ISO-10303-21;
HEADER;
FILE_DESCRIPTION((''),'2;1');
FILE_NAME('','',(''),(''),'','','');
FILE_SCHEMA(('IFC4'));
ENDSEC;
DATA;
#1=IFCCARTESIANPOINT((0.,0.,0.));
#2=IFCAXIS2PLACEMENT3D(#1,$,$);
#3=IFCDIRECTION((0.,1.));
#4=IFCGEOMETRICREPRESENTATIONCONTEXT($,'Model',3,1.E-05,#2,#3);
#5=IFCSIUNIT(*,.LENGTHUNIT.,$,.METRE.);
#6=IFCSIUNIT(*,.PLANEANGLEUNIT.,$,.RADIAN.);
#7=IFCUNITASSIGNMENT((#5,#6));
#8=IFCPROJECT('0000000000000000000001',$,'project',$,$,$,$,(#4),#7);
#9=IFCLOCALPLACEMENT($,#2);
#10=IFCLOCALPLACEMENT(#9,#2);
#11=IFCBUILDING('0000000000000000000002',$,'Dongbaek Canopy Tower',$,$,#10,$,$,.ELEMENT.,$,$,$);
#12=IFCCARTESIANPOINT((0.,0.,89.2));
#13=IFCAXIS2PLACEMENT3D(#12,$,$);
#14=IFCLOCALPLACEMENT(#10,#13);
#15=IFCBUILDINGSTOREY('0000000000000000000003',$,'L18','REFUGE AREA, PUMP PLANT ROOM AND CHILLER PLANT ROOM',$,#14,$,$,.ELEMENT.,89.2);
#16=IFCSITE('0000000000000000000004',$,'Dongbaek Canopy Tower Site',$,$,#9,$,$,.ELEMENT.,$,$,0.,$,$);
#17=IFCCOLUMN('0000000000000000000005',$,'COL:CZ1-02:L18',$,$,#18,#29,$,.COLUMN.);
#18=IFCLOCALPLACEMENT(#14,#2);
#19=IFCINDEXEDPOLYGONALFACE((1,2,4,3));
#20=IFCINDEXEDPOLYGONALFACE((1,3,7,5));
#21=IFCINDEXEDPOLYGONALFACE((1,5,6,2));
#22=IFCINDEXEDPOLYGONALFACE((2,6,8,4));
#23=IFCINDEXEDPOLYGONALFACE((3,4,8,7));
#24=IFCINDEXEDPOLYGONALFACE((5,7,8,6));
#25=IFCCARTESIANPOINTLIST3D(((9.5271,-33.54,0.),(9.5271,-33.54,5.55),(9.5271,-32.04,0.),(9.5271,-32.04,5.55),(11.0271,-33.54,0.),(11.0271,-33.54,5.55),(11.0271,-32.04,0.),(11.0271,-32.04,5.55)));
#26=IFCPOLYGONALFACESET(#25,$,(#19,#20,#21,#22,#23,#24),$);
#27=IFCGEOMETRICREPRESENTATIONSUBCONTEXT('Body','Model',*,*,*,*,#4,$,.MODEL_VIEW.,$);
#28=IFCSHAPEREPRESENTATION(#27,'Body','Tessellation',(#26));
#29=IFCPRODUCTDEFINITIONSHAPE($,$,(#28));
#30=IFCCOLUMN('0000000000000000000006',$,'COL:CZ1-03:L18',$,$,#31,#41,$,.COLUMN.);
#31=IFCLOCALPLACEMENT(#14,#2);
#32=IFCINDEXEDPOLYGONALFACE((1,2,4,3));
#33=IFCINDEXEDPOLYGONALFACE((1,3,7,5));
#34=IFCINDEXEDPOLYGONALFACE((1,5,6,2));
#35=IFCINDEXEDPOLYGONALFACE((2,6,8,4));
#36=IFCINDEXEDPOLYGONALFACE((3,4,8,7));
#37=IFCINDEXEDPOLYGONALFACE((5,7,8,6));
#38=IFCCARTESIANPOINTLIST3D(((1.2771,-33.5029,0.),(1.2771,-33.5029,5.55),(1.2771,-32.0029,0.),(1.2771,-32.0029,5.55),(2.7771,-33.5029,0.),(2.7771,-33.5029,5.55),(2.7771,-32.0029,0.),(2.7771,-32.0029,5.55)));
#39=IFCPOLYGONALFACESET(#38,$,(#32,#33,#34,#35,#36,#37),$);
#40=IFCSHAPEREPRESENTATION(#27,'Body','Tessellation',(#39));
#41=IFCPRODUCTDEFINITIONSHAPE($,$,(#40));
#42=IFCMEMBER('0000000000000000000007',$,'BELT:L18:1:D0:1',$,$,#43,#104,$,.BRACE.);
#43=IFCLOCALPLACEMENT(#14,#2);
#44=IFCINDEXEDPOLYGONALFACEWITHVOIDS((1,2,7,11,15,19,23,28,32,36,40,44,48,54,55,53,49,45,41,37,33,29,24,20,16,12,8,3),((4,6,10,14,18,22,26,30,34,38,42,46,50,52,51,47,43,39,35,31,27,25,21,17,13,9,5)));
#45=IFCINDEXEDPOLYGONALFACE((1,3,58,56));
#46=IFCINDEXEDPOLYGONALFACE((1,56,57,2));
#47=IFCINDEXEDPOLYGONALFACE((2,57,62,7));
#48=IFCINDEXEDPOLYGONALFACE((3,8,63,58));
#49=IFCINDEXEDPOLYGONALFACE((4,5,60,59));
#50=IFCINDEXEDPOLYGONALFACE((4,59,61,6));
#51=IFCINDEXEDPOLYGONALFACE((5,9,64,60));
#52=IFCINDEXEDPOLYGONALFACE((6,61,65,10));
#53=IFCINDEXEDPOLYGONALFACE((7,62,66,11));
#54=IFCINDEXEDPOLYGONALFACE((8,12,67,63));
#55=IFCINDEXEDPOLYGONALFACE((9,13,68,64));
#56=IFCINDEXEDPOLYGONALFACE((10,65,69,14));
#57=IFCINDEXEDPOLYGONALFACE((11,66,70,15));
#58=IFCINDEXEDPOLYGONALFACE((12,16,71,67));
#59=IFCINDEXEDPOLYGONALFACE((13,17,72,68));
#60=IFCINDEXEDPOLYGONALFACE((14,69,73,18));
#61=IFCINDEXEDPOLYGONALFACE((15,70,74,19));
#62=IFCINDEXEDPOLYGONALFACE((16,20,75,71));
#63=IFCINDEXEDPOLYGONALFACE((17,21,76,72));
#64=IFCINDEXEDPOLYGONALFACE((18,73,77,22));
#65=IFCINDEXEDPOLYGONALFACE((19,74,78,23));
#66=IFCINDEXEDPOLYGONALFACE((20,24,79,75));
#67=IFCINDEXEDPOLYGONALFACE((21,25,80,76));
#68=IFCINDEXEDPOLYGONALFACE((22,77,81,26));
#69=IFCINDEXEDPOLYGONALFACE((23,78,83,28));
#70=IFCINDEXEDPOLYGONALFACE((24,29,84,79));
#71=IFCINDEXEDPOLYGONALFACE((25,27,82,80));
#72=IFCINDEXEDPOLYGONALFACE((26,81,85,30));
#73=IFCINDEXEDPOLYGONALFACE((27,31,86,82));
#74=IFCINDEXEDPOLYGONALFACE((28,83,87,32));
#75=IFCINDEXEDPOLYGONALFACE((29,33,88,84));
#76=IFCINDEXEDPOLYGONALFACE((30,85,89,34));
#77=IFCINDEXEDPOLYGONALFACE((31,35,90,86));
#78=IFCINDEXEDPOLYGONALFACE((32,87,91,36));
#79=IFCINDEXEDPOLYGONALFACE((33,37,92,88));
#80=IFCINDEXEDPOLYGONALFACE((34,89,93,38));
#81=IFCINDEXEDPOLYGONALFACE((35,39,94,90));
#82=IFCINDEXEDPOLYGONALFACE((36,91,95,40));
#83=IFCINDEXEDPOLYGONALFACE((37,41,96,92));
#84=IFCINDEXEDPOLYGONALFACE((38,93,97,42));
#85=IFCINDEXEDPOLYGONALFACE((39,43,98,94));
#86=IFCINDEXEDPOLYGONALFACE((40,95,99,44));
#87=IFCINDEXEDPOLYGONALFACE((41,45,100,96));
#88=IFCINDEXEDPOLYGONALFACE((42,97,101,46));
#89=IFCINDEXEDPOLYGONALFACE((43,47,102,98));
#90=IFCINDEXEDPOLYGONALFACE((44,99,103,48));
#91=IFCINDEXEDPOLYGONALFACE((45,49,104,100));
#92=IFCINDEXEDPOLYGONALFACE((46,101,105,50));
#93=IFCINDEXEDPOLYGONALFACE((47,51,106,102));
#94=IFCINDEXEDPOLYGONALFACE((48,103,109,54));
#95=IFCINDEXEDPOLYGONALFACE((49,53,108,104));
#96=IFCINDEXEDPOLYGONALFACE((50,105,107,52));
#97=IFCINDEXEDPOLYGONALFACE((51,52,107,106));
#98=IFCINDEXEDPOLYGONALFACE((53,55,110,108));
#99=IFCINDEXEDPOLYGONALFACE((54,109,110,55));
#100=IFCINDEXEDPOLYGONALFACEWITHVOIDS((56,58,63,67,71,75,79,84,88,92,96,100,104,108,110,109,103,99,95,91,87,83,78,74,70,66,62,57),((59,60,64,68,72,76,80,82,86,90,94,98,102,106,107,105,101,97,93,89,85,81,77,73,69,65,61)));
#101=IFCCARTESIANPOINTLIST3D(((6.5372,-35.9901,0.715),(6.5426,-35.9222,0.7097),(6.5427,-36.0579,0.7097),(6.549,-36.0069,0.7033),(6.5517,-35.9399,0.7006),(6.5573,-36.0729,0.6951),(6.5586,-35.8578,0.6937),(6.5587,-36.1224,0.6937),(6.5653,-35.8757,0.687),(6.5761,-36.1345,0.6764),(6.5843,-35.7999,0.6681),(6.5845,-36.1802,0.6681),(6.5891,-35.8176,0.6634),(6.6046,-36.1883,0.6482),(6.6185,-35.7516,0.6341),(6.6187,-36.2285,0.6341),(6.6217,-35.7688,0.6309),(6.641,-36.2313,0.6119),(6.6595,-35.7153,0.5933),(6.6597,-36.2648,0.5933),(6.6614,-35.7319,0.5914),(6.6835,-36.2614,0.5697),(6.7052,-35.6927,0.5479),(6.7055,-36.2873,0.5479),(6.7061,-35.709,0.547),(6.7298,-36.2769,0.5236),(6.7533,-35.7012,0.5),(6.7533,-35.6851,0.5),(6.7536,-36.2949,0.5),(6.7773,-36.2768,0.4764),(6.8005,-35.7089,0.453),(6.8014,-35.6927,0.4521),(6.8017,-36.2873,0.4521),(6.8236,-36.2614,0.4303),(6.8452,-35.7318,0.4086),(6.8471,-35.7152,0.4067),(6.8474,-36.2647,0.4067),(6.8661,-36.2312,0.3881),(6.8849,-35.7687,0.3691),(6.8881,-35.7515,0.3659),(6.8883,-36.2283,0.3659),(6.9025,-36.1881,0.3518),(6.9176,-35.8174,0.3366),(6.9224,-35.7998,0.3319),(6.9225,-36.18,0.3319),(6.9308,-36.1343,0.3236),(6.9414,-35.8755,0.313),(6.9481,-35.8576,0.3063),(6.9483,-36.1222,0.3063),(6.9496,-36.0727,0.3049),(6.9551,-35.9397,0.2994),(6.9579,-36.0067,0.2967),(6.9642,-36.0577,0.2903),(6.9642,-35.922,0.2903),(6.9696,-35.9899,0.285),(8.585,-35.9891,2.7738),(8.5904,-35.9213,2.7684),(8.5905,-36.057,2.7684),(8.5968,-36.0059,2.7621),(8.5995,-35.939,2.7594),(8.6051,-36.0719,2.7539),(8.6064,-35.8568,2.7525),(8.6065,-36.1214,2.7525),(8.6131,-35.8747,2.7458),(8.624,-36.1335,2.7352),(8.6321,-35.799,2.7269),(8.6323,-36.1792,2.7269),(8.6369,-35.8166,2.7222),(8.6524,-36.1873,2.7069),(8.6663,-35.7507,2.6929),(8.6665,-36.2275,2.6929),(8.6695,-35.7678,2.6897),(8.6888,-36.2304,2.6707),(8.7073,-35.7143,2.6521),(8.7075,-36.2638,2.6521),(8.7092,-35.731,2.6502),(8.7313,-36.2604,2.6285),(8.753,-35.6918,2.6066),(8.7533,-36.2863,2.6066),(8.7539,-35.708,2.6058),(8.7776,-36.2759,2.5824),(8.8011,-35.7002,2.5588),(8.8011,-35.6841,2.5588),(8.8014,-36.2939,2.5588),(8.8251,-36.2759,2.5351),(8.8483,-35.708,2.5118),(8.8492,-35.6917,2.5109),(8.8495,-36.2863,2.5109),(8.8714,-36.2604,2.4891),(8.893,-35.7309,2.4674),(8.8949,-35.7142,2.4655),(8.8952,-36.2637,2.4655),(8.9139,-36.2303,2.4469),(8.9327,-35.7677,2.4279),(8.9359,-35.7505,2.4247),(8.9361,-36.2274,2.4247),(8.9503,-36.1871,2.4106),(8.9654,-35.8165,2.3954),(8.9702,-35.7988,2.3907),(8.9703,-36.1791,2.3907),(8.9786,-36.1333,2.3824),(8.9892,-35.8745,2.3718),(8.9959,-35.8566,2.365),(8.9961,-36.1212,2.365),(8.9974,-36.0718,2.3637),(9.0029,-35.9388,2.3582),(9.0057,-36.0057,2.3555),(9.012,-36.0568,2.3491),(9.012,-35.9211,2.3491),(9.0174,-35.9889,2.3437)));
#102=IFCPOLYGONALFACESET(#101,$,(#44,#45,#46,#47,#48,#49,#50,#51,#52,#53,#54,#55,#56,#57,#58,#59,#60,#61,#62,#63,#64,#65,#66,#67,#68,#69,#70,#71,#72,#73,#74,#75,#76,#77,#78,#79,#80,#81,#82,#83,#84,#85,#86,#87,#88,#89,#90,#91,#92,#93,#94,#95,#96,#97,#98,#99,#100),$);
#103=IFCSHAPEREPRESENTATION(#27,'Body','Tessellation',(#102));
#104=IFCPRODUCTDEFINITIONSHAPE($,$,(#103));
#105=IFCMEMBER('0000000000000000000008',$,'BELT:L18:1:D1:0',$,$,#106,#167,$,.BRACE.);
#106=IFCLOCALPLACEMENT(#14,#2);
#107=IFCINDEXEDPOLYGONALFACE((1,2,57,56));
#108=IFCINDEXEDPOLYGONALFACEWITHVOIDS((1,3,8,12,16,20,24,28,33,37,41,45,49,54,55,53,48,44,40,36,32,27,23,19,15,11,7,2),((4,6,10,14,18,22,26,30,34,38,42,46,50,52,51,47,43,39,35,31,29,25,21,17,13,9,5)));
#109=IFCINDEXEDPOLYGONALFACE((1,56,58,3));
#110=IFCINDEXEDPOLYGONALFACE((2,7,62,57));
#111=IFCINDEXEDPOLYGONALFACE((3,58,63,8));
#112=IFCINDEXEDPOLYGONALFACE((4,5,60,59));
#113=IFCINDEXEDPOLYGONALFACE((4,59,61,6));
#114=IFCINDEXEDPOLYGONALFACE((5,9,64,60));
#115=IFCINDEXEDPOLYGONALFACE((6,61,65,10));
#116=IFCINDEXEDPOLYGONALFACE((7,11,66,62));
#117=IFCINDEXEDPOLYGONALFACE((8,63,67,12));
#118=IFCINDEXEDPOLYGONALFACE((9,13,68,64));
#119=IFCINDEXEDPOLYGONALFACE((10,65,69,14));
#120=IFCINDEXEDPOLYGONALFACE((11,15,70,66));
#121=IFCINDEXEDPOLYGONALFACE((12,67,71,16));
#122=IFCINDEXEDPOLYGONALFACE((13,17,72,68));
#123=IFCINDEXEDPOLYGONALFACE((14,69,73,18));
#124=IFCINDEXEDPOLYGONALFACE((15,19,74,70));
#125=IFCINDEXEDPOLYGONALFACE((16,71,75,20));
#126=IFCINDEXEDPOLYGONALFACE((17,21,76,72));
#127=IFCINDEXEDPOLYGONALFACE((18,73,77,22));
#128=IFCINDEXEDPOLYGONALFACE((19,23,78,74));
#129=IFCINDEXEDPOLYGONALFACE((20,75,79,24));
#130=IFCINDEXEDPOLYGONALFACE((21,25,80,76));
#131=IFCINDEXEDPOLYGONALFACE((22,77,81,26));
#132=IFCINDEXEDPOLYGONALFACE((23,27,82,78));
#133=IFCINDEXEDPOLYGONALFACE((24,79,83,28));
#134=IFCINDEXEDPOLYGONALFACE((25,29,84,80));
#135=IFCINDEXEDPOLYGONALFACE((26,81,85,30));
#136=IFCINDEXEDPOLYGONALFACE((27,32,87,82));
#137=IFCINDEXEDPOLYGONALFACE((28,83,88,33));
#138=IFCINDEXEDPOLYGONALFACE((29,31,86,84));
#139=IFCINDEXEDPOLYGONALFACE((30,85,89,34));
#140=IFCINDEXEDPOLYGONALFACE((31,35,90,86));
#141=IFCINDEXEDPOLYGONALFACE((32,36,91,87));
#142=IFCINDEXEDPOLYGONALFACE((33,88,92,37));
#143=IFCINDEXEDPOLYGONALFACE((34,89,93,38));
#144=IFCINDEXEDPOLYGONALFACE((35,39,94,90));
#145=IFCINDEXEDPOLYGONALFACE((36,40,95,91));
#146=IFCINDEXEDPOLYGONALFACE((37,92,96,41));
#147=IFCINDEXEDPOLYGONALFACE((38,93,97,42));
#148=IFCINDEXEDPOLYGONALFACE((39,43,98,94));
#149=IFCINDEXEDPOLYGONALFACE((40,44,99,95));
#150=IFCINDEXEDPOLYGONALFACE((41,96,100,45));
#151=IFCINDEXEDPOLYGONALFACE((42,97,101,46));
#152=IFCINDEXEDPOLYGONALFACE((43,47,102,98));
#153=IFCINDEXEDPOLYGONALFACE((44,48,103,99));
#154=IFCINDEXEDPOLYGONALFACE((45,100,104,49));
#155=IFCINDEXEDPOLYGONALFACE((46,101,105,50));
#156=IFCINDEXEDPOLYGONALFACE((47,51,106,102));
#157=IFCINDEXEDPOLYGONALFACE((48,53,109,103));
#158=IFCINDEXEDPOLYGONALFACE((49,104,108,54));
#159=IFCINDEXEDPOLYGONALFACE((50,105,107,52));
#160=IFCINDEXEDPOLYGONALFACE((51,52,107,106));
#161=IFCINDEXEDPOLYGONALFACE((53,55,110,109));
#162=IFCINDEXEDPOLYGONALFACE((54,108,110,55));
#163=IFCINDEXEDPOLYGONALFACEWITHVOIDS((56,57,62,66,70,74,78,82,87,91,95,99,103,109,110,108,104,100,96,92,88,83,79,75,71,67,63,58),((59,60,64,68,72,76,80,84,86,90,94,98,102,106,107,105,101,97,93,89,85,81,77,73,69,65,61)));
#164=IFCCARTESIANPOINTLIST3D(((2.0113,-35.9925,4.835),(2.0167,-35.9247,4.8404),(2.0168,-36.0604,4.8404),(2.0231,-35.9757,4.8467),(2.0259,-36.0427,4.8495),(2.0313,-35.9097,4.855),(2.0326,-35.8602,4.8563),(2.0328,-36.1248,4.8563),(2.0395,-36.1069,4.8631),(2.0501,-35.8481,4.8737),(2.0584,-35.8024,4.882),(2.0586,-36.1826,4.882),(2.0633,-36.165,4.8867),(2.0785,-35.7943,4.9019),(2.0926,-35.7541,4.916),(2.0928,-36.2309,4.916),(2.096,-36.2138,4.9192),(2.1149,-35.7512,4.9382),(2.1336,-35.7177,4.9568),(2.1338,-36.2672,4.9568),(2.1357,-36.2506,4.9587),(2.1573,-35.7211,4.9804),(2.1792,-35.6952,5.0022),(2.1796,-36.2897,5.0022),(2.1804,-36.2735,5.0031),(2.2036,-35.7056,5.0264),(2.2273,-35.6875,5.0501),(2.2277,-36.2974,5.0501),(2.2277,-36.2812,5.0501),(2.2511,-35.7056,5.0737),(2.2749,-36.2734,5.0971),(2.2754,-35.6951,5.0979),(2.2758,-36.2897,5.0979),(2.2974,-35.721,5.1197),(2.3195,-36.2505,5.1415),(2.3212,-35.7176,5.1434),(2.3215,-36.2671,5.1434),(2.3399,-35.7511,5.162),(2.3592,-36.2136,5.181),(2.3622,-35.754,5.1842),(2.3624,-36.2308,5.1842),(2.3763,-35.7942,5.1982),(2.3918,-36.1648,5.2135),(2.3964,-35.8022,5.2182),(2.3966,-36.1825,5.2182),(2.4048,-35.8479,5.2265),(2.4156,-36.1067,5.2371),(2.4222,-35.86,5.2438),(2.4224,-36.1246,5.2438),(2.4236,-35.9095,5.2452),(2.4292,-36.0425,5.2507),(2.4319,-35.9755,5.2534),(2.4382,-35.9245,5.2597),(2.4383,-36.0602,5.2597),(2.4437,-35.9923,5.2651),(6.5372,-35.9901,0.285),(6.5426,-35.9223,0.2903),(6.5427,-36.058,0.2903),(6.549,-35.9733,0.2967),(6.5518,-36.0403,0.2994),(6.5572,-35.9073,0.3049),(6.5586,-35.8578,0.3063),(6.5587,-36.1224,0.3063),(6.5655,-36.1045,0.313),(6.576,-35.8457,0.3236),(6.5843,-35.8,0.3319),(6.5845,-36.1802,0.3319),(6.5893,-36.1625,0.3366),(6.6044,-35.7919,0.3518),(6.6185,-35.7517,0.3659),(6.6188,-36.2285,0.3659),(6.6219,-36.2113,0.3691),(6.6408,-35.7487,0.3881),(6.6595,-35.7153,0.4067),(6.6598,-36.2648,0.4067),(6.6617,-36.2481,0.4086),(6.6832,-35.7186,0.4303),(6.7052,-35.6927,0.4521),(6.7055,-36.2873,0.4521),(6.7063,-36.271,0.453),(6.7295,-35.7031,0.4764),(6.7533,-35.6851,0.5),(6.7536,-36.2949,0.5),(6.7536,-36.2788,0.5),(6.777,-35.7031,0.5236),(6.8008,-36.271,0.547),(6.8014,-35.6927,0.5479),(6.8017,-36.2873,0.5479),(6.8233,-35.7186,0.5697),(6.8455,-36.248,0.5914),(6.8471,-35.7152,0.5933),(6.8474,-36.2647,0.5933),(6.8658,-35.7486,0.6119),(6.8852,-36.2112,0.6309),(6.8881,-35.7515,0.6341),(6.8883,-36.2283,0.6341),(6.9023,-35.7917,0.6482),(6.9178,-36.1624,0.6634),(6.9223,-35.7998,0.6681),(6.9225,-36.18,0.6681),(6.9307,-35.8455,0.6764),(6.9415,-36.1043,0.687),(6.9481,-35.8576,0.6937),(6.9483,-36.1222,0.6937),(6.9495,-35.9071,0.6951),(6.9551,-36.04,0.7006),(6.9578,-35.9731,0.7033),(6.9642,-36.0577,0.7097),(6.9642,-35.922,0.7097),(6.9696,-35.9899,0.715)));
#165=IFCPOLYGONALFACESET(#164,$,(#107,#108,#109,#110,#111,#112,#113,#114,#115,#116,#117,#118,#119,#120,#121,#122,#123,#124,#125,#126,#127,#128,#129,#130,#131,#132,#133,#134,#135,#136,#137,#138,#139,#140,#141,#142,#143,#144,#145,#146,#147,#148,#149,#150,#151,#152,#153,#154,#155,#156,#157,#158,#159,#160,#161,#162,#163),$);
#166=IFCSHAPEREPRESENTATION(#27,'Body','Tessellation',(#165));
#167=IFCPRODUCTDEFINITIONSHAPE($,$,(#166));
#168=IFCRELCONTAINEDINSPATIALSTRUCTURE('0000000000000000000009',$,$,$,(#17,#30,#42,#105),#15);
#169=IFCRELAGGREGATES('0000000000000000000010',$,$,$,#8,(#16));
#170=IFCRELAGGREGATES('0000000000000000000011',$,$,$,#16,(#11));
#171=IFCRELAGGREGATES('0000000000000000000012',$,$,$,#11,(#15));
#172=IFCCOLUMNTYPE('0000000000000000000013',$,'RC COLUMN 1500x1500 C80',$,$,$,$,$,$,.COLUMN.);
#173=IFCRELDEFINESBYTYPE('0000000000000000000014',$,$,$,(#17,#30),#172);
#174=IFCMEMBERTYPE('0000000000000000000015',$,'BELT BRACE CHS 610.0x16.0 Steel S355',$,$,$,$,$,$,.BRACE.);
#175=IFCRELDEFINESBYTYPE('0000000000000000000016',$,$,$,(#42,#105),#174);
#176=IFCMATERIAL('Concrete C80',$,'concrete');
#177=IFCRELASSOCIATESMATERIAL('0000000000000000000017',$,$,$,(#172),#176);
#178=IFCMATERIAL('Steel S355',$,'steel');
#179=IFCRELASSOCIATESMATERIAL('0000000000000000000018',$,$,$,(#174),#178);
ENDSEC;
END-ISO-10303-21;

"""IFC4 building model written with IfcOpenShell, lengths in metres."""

from ifc_helpers import new_model, si_unit, direction, frame, origin, origin_2d, place, context, subcontext, project, spatial, rectangle, hollow_circle, extrude, material, material_profile, profile_set, type_object, element, save


model = new_model("IFC4")

# Units and contexts
model_context = context("Model", 3, precision=1e-05, world=origin(), true_north=direction((0.0, 1.0)))
body_context = subcontext(model_context, "Body", "Model", "MODEL_VIEW")
ifc_project = project(units=[si_unit("LENGTHUNIT", "METRE"), si_unit("PLANEANGLEUNIT", "RADIAN")], contexts=[model_context])

# Site, building, storey
site_placement = place(None, origin())
site = spatial("IfcSite", under=ifc_project, at=site_placement, Name="Dongbaek Canopy Tower Site", CompositionType="ELEMENT", RefElevation=0.0)
building_placement = place(site_placement, origin())
building = spatial("IfcBuilding", under=site, at=building_placement, Name="Dongbaek Canopy Tower", CompositionType="ELEMENT")
storey_placement = place(building_placement, frame((0.0, 0.0, 89.2)))
storey = spatial("IfcBuildingStorey", under=building, at=storey_placement, Name="L18", Description="REFUGE AREA, PUMP PLANT ROOM AND CHILLER PLANT ROOM", CompositionType="ELEMENT", Elevation=89.2)

# Columns
ifc_material_1 = material(Name="Concrete C80", Category="concrete")
ifc_material_profile_1 = material_profile(ifc_material_1, rectangle(XDim=1.5, YDim=1.5, at=origin_2d()), Name="RC COLUMN 1500x1500 C80")
ifc_profile_set_1 = profile_set([ifc_material_profile_1], Name="Concrete C80")
column_type = type_object("IfcColumnType", Name="RC COLUMN 1500x1500 C80", PredefinedType="COLUMN", material=ifc_profile_set_1)
for number, where, z_axis, x_axis, name in (
    (1, (10.2771, -32.79, 0.0), (0.0, 0.0, 1.0), (1.0, 0.0, 0.0), "COL:CZ1-02:L18"),
    (2, (2.0271, -32.7529, 0.0), (0.0, 0.0, 1.0), (1.0, 0.0, 0.0), "COL:CZ1-03:L18"),
):
    element("IfcColumn", number, at=place(storey_placement, frame(where, z_axis=z_axis, x_axis=x_axis)), inside=storey, type_object=column_type, Name=name, PredefinedType="COLUMN", context=body_context, shape_type="SweptSolid", body=[
        extrude(rectangle(XDim=1.5, YDim=1.5, at=origin_2d()), origin(), (0.0, 0.0, 1.0), 5.55),
    ])

# Members
ifc_material_2 = material(Name="Steel S355", Category="steel")
ifc_material_profile_2 = material_profile(ifc_material_2, hollow_circle(Radius=0.3049, WallThickness=0.0161, at=origin_2d()), Name="BELT BRACE CHS 610.0x16.0 Steel S355")
ifc_profile_set_2 = profile_set([ifc_material_profile_2], Name="Steel S355")
member_type_1 = type_object("IfcMemberType", Name="BELT BRACE CHS 610.0x16.0 Steel S355", PredefinedType="BRACE", material=ifc_profile_set_2)
member_1_placement = place(storey_placement, frame((6.7534, -35.99, 0.5), z_axis=(0.705213, 0.000336, 0.708996), x_axis=(-0.000477, 1.0, 0.0)))
element("IfcMember", 3, at=member_1_placement, inside=storey, type_object=member_type_1, Name="BELT:L18:1:D0:1", PredefinedType="BRACE", context=body_context, shape_type="SweptSolid", body=[
    extrude(hollow_circle(Radius=0.3049, WallThickness=0.0161, at=origin_2d()), origin(), (0.0, 0.0, 1.0), 2.9038),
])
member_2_placement = place(storey_placement, frame((6.7534, -35.99, 0.5), z_axis=(-0.705221, -0.00038, 0.708987), x_axis=(0.000539, -1.0, 0.0)))
element("IfcMember", 4, at=member_2_placement, inside=storey, type_object=member_type_1, Name="BELT:L18:1:D1:0", PredefinedType="BRACE", context=body_context, shape_type="SweptSolid", body=[
    extrude(hollow_circle(Radius=0.3049, WallThickness=0.0161, at=origin_2d()), origin(), (0.0, 0.0, 1.0), 6.4177),
])

save(model, "model.ifc")
